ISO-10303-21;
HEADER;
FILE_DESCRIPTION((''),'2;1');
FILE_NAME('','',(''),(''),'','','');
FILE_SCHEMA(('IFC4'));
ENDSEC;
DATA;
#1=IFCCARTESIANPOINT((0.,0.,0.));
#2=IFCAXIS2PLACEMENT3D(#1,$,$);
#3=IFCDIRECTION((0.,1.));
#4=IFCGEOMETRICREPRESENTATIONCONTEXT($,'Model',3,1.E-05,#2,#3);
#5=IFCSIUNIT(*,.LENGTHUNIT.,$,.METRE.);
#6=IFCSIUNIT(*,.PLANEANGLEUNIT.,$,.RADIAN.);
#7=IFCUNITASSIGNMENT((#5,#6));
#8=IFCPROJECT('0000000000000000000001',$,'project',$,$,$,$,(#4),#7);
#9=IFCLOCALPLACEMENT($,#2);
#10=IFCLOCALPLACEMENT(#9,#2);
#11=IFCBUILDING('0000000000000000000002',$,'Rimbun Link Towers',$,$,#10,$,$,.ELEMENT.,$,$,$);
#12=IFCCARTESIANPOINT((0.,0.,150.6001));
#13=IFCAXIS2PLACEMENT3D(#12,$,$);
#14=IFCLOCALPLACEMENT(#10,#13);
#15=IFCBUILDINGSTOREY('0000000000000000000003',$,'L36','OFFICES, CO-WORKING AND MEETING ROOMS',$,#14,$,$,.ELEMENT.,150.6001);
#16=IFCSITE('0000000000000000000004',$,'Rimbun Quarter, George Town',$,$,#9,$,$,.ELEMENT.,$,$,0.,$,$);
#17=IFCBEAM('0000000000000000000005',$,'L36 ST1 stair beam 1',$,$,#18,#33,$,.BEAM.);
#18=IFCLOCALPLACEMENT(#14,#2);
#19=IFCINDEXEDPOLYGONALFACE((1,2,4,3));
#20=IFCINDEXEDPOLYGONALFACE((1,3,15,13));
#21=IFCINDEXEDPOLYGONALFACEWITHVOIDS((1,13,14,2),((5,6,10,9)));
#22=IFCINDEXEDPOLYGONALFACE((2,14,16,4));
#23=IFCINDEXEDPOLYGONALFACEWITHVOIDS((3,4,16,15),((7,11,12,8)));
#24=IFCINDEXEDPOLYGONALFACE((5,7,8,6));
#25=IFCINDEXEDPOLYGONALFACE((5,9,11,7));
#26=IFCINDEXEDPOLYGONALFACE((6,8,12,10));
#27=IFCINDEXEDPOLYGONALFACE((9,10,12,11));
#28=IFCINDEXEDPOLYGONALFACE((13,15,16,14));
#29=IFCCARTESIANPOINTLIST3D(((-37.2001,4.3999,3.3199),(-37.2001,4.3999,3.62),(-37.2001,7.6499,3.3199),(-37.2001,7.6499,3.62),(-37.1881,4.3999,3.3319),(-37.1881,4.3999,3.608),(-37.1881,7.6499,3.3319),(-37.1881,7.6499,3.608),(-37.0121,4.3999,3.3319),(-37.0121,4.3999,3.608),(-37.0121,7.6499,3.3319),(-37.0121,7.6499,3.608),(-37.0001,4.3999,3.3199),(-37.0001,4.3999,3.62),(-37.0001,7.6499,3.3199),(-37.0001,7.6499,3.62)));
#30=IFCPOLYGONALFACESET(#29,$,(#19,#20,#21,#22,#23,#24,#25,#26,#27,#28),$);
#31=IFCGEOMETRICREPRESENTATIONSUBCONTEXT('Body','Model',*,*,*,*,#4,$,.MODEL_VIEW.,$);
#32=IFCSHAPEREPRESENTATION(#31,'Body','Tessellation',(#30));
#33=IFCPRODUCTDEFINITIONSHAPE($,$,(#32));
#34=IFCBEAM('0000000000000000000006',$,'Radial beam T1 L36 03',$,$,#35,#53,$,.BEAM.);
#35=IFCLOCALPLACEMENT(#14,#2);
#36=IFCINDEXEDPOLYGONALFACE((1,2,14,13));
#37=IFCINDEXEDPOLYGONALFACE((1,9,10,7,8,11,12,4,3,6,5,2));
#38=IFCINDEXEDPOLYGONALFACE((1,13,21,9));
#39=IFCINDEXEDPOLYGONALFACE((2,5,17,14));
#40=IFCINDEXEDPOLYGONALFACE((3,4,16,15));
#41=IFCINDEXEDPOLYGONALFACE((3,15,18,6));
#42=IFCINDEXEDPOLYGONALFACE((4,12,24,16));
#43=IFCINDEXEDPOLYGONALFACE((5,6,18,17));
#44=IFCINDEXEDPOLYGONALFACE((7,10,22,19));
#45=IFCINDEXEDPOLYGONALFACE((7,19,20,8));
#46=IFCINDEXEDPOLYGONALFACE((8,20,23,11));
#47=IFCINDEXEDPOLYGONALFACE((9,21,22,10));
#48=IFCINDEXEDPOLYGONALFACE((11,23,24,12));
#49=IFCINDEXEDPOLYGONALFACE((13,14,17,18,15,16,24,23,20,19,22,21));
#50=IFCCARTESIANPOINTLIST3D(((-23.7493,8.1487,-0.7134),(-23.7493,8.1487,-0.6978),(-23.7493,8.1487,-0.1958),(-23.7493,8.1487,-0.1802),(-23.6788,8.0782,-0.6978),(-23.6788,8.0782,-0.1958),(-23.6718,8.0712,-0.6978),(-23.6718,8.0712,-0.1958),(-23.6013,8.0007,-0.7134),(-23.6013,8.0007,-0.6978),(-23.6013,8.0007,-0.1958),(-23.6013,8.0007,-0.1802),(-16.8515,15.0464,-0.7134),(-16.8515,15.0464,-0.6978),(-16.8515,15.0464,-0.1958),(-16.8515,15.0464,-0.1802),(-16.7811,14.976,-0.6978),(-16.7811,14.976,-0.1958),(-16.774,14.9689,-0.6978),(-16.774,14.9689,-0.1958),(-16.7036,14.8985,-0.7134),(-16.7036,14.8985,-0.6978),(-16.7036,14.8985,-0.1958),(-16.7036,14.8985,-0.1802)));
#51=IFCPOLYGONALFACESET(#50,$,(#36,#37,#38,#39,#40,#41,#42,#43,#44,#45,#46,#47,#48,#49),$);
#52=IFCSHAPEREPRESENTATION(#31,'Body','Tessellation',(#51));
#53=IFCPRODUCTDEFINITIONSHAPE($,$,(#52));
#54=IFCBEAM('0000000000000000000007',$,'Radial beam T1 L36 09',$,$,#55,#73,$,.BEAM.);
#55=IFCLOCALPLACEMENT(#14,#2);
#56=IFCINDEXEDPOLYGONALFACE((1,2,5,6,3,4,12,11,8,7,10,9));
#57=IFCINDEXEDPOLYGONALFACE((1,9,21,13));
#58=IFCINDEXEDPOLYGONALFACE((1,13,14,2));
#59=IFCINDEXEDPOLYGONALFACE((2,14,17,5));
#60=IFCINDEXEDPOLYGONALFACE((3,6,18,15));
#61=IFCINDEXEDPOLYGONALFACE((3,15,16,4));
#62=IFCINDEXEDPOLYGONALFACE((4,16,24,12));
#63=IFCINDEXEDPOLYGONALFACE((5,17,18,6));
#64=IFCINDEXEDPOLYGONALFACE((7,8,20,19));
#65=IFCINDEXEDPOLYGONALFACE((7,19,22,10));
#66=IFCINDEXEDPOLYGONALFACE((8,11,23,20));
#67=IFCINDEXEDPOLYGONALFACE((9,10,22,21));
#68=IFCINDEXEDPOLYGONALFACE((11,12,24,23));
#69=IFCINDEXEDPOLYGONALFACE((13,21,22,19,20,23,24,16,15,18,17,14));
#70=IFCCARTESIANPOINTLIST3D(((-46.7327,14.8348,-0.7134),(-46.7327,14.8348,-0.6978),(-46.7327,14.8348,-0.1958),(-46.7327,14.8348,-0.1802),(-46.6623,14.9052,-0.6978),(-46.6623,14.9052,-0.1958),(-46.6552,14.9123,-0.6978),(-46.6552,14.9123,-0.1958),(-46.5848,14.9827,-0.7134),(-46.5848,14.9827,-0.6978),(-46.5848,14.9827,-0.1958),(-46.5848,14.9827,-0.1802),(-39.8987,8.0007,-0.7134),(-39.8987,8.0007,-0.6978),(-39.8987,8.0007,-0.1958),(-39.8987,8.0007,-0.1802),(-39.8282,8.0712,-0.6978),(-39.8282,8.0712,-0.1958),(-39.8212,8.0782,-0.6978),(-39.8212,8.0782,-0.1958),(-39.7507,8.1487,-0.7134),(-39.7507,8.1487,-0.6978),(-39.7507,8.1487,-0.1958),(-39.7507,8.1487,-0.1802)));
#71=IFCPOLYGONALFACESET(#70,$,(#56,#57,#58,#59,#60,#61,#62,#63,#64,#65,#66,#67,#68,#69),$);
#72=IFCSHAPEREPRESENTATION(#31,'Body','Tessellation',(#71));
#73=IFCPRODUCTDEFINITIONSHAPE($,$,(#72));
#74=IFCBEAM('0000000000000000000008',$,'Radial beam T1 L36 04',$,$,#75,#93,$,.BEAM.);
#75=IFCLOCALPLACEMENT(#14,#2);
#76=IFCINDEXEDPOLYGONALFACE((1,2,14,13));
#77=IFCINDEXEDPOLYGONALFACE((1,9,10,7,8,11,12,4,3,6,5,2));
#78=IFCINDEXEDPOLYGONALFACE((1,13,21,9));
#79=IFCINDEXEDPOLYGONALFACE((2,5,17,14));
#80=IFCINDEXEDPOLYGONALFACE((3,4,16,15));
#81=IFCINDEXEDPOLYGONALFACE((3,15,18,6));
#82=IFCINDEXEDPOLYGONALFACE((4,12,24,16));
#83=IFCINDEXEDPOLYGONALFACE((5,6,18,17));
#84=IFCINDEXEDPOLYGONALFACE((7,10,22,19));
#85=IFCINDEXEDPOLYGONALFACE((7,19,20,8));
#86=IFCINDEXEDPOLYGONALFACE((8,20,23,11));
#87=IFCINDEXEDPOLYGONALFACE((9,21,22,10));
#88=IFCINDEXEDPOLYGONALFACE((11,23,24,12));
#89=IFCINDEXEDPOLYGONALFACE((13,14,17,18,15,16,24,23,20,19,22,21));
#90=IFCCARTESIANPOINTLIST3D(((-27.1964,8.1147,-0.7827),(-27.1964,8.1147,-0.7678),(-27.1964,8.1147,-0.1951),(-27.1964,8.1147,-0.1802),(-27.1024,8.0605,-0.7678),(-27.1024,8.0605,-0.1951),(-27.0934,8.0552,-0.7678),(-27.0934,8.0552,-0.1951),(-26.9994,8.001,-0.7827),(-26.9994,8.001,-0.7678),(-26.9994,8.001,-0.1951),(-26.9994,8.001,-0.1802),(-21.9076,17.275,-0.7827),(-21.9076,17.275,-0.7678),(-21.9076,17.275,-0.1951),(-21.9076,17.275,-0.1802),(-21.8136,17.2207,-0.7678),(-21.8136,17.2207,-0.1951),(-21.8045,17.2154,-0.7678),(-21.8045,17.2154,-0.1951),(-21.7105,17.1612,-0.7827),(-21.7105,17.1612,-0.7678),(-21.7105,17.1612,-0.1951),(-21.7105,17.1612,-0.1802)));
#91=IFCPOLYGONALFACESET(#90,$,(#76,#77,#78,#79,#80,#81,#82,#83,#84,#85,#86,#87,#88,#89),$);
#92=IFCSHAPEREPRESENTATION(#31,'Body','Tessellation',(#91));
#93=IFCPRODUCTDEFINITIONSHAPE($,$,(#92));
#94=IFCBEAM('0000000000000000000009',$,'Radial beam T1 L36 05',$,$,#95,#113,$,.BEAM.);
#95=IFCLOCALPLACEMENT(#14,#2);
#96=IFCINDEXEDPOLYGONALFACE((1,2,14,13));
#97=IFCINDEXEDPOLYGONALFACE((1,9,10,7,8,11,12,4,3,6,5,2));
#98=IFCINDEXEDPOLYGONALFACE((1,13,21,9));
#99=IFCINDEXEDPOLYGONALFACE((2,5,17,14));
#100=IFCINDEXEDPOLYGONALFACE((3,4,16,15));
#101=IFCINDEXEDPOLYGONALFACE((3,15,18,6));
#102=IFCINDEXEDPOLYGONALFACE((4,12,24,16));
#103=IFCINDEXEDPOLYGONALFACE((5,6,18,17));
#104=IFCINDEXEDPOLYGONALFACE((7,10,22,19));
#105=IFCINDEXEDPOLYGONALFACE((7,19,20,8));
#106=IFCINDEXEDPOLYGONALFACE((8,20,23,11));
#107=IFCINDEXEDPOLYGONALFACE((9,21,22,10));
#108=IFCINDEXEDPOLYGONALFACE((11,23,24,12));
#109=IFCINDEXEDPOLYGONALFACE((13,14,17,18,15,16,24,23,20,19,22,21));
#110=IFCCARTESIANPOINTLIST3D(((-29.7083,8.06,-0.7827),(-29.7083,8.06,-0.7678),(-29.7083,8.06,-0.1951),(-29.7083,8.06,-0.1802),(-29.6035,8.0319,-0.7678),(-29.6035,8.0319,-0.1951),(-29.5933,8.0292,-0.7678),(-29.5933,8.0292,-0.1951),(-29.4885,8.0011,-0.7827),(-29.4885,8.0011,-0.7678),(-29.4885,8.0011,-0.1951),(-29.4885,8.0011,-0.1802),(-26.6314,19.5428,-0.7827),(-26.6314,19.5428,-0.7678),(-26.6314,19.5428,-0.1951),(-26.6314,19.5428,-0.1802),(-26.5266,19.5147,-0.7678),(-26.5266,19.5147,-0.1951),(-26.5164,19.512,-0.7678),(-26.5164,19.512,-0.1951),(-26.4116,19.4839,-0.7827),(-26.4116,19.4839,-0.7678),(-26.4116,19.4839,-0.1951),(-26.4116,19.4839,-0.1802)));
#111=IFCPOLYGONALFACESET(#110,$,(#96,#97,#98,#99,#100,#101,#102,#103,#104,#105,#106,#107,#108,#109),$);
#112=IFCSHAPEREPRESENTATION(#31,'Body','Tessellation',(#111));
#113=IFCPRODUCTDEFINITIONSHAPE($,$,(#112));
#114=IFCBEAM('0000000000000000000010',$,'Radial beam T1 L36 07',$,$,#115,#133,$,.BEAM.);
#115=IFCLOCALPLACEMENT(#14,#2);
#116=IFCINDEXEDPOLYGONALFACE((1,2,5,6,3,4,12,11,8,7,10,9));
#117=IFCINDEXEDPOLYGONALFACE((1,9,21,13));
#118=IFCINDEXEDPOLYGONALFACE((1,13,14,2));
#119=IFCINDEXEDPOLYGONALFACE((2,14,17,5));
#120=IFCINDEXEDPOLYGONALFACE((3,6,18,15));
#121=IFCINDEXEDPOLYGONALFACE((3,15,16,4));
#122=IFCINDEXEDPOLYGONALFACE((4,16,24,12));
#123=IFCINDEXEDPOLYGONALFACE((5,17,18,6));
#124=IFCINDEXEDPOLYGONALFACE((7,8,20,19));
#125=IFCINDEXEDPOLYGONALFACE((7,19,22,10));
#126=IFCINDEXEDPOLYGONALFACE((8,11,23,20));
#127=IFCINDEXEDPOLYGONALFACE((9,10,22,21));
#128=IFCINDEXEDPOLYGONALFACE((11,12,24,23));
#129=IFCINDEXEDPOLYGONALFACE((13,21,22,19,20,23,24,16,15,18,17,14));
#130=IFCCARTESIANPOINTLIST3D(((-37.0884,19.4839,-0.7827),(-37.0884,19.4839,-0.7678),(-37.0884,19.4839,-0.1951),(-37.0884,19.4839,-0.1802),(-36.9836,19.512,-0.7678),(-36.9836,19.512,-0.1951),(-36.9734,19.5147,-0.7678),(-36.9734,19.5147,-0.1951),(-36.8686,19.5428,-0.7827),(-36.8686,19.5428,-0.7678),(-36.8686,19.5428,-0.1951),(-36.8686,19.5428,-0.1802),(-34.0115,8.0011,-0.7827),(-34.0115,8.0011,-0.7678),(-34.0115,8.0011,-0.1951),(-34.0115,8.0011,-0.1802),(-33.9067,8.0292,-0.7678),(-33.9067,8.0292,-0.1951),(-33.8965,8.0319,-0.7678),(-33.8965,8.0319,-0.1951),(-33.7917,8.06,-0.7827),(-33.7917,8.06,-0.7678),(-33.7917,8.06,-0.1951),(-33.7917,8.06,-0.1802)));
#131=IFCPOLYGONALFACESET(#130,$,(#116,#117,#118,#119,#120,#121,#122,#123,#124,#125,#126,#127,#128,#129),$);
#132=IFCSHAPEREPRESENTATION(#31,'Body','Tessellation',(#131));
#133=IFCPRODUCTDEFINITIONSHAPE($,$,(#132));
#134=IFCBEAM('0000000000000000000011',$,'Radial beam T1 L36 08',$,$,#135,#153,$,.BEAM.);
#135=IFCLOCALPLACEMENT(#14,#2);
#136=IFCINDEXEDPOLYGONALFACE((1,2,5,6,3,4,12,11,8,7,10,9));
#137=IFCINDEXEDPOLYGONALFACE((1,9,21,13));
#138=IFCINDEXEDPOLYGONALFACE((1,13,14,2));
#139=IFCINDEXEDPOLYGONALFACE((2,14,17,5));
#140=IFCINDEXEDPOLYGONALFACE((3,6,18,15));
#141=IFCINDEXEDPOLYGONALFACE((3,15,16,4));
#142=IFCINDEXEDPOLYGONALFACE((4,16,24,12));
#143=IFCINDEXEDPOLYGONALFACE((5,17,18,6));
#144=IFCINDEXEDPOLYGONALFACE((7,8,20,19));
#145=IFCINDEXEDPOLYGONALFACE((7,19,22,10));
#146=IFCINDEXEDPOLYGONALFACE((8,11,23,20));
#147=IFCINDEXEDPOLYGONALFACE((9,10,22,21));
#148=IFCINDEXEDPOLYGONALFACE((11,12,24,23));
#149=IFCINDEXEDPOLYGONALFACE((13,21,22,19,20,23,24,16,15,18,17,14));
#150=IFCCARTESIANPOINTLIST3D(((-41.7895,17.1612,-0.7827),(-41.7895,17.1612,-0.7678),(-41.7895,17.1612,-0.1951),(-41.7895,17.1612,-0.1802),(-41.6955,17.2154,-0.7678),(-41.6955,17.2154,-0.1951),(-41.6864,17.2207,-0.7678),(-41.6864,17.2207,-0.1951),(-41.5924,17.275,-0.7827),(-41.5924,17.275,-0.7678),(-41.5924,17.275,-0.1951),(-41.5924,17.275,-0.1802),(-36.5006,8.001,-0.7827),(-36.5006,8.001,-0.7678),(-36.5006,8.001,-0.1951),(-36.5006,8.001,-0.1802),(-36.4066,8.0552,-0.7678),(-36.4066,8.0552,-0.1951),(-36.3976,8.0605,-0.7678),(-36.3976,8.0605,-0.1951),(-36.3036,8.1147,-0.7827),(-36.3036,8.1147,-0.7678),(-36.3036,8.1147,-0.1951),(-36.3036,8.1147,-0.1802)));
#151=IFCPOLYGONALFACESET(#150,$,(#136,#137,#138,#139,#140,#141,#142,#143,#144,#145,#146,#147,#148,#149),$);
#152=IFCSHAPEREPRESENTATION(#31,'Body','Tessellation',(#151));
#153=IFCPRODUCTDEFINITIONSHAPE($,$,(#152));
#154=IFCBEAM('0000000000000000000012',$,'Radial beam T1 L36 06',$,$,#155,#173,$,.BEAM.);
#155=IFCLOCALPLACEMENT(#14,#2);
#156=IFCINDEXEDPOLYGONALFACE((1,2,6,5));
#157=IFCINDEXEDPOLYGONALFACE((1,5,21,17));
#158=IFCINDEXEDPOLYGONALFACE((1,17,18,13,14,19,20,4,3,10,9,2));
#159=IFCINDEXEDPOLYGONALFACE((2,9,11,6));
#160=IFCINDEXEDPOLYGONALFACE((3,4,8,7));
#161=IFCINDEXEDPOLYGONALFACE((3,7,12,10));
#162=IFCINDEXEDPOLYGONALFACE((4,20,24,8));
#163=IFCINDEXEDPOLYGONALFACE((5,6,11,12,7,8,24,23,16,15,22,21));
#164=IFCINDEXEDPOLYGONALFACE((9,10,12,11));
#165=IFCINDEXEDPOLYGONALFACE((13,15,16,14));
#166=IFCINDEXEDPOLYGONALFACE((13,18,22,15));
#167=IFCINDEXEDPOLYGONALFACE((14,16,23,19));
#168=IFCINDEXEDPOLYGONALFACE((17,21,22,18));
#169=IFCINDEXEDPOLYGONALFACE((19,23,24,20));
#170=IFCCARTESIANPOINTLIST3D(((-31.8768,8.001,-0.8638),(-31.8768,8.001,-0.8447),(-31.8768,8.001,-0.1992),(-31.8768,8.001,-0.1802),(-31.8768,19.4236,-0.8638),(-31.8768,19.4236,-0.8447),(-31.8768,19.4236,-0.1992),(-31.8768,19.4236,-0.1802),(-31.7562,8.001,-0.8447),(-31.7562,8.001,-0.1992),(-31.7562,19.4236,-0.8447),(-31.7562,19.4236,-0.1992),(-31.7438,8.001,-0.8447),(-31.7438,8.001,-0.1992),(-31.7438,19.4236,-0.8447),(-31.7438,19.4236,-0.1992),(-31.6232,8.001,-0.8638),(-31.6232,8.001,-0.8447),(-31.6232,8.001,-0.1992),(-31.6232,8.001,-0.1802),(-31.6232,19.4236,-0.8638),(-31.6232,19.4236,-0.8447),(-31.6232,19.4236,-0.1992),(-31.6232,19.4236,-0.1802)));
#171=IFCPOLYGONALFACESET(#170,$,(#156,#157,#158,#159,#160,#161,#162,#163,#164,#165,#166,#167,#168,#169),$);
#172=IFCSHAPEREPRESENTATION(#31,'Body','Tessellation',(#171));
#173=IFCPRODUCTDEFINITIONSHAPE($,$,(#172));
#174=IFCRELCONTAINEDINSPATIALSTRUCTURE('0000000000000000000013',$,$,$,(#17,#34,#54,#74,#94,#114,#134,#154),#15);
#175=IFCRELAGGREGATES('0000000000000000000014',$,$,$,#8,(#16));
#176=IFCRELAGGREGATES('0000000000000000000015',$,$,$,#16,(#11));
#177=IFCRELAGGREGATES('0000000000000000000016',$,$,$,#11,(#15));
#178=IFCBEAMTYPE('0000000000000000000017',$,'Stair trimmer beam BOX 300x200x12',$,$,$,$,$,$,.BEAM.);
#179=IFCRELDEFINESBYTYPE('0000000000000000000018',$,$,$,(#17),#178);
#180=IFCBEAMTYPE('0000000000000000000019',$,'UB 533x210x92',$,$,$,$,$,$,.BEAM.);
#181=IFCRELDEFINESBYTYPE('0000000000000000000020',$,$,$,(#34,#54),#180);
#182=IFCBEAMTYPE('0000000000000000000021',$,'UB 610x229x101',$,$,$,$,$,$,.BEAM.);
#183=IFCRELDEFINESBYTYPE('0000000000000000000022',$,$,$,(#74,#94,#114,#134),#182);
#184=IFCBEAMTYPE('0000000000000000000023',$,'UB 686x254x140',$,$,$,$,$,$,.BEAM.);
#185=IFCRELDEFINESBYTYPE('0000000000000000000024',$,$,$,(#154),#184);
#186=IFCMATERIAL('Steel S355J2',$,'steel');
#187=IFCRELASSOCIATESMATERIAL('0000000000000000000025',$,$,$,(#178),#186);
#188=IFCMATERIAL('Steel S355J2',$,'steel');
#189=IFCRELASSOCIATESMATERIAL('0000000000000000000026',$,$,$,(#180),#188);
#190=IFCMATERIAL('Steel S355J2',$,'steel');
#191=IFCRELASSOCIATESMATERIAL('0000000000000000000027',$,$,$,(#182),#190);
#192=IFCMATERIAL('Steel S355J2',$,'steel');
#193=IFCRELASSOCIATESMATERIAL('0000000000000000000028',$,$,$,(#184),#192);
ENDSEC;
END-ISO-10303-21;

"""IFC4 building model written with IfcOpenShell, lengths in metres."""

from ifc_helpers import new_model, si_unit, direction, frame, origin, origin_2d, place, context, subcontext, project, spatial, hollow_rectangle, i_section, extrude, material, material_profile, profile_set, type_object, element, save


model = new_model("IFC4")

# Units and contexts
model_context = context("Model", 3, precision=1e-05, world=origin(), true_north=direction((0.0, 1.0)))
body_context = subcontext(model_context, "Body", "Model", "MODEL_VIEW")
ifc_project = project(units=[si_unit("LENGTHUNIT", "METRE"), si_unit("PLANEANGLEUNIT", "RADIAN")], contexts=[model_context])

# Site, building, storey
site_placement = place(None, origin())
site = spatial("IfcSite", under=ifc_project, at=site_placement, Name="Rimbun Quarter, George Town", CompositionType="ELEMENT", RefElevation=0.0)
building_placement = place(site_placement, origin())
building = spatial("IfcBuilding", under=site, at=building_placement, Name="Rimbun Link Towers", CompositionType="ELEMENT")
storey_placement = place(building_placement, frame((0.0, 0.0, 150.6001)))
storey = spatial("IfcBuildingStorey", under=building, at=storey_placement, Name="L36", Description="OFFICES, CO-WORKING AND MEETING ROOMS", CompositionType="ELEMENT", Elevation=150.6001)

# Beams
ifc_material_1 = material(Name="Steel S355J2", Category="steel")
ifc_material_profile_1 = material_profile(ifc_material_1, hollow_rectangle(XDim=0.2, YDim=0.3, WallThickness=0.012, at=origin_2d()), Name="BOX 300x200x12")
ifc_profile_set_1 = profile_set([ifc_material_profile_1], Name="Steel S355J2")
beam_type_1 = type_object("IfcBeamType", Name="Stair trimmer beam BOX 300x200x12", PredefinedType="BEAM", material=ifc_profile_set_1)
beam_1_placement = place(storey_placement, frame((-37.1001, 7.6499, 3.47), z_axis=(0.0, -1.0, 0.0), x_axis=(1.0, 0.0, 0.0)))
element("IfcBeam", 1, at=beam_1_placement, inside=storey, type_object=beam_type_1, Name="L36 ST1 stair beam 1", PredefinedType="BEAM", context=body_context, shape_type="SweptSolid", body=[
    extrude(hollow_rectangle(XDim=0.2, YDim=0.3, WallThickness=0.012, at=origin_2d()), origin(), (0.0, 0.0, 1.0), 3.25),
])
ifc_material_2 = material(Name="Steel S355J2", Category="steel")
ifc_material_profile_2 = material_profile(ifc_material_2, i_section(OverallWidth=0.2092, OverallDepth=0.5332, WebThickness=0.01, FlangeThickness=0.0156, at=origin_2d()), Name="UB 533x210x92")
ifc_profile_set_2 = profile_set([ifc_material_profile_2], Name="Steel S355J2")
beam_type_2 = type_object("IfcBeamType", Name="UB 533x210x92", PredefinedType="BEAM", material=ifc_profile_set_2)
beam_2_placement = place(storey_placement, frame((-23.6753, 8.0747, -0.4468), z_axis=(0.707107, 0.707107, 0.0), x_axis=(-0.707107, 0.707107, 0.0)))
element("IfcBeam", 2, at=beam_2_placement, inside=storey, type_object=beam_type_2, Name="Radial beam T1 L36 03", PredefinedType="BEAM", context=body_context, shape_type="SweptSolid", body=[
    extrude(i_section(OverallWidth=0.2092, OverallDepth=0.5332, WebThickness=0.01, FlangeThickness=0.0156, at=origin_2d()), origin(), (0.0, 0.0, 1.0), 9.7549),
])
beam_3_placement = place(storey_placement, frame((-39.8247, 8.0747, -0.4468), z_axis=(-0.707107, 0.707107, 0.0), x_axis=(-0.707107, -0.707107, 0.0)))
element("IfcBeam", 3, at=beam_3_placement, inside=storey, type_object=beam_type_2, Name="Radial beam T1 L36 09", PredefinedType="BEAM", context=body_context, shape_type="SweptSolid", body=[
    extrude(i_section(OverallWidth=0.2092, OverallDepth=0.5332, WebThickness=0.01, FlangeThickness=0.0156, at=origin_2d()), origin(), (0.0, 0.0, 1.0), 9.6648),
])
ifc_material_3 = material(Name="Steel S355J2", Category="steel")
ifc_material_profile_3 = material_profile(ifc_material_3, i_section(OverallWidth=0.2275, OverallDepth=0.6025, WebThickness=0.0105, FlangeThickness=0.0149, at=origin_2d()), Name="UB 610x229x101")
ifc_profile_set_3 = profile_set([ifc_material_profile_3], Name="Steel S355J2")
beam_type_3 = type_object("IfcBeamType", Name="UB 610x229x101", PredefinedType="BEAM", material=ifc_profile_set_3)
beam_4_placement = place(storey_placement, frame((-27.0979, 8.0579, -0.4814), z_axis=(0.500014, 0.866017, 0.0), x_axis=(-0.866017, 0.500014, 0.0)))
element("IfcBeam", 4, at=beam_4_placement, inside=storey, type_object=beam_type_3, Name="Radial beam T1 L36 04", PredefinedType="BEAM", context=body_context, shape_type="SweptSolid", body=[
    extrude(i_section(OverallWidth=0.2275, OverallDepth=0.6025, WebThickness=0.0105, FlangeThickness=0.0149, at=origin_2d()), origin(), (0.0, 0.0, 1.0), 10.5774),
])
for number, where, z_axis, x_axis, name in (
    (5, (-29.5984, 8.0305, -0.4814), (0.258824, 0.965924, 0.0), (-0.965924, 0.258824, 0.0), "Radial beam T1 L36 05"),
    (6, (-33.9016, 8.0305, -0.4814), (-0.258824, 0.965924, 0.0), (-0.965924, -0.258824, 0.0), "Radial beam T1 L36 07"),
):
    element("IfcBeam", number, at=place(storey_placement, frame(where, z_axis=z_axis, x_axis=x_axis)), inside=storey, type_object=beam_type_3, Name=name, PredefinedType="BEAM", context=body_context, shape_type="SweptSolid", body=[
        extrude(i_section(OverallWidth=0.2275, OverallDepth=0.6025, WebThickness=0.0105, FlangeThickness=0.0149, at=origin_2d()), origin(), (0.0, 0.0, 1.0), 11.8879),
    ])
beam_5_placement = place(storey_placement, frame((-36.4021, 8.0579, -0.4814), z_axis=(-0.500014, 0.866017, 0.0), x_axis=(-0.866017, -0.500014, 0.0)))
element("IfcBeam", 7, at=beam_5_placement, inside=storey, type_object=beam_type_3, Name="Radial beam T1 L36 08", PredefinedType="BEAM", context=body_context, shape_type="SweptSolid", body=[
    extrude(i_section(OverallWidth=0.2275, OverallDepth=0.6025, WebThickness=0.0105, FlangeThickness=0.0149, at=origin_2d()), origin(), (0.0, 0.0, 1.0), 10.5774),
])
ifc_material_4 = material(Name="Steel S355J2", Category="steel")
ifc_material_profile_4 = material_profile(ifc_material_4, i_section(OverallWidth=0.2537, OverallDepth=0.6836, WebThickness=0.0125, FlangeThickness=0.019, at=origin_2d()), Name="UB 686x254x140")
ifc_profile_set_4 = profile_set([ifc_material_profile_4], Name="Steel S355J2")
beam_type_4 = type_object("IfcBeamType", Name="UB 686x254x140", PredefinedType="BEAM", material=ifc_profile_set_4)
beam_6_placement = place(storey_placement, frame((-31.75, 8.001, -0.522), z_axis=(0.0, 1.0, 0.0), x_axis=(-1.0, 0.0, 0.0)))
element("IfcBeam", 8, at=beam_6_placement, inside=storey, type_object=beam_type_4, Name="Radial beam T1 L36 06", PredefinedType="BEAM", context=body_context, shape_type="SweptSolid", body=[
    extrude(i_section(OverallWidth=0.2537, OverallDepth=0.6836, WebThickness=0.0125, FlangeThickness=0.019, at=origin_2d()), origin(), (0.0, 0.0, 1.0), 11.4226),
])

save(model, "model.ifc")
